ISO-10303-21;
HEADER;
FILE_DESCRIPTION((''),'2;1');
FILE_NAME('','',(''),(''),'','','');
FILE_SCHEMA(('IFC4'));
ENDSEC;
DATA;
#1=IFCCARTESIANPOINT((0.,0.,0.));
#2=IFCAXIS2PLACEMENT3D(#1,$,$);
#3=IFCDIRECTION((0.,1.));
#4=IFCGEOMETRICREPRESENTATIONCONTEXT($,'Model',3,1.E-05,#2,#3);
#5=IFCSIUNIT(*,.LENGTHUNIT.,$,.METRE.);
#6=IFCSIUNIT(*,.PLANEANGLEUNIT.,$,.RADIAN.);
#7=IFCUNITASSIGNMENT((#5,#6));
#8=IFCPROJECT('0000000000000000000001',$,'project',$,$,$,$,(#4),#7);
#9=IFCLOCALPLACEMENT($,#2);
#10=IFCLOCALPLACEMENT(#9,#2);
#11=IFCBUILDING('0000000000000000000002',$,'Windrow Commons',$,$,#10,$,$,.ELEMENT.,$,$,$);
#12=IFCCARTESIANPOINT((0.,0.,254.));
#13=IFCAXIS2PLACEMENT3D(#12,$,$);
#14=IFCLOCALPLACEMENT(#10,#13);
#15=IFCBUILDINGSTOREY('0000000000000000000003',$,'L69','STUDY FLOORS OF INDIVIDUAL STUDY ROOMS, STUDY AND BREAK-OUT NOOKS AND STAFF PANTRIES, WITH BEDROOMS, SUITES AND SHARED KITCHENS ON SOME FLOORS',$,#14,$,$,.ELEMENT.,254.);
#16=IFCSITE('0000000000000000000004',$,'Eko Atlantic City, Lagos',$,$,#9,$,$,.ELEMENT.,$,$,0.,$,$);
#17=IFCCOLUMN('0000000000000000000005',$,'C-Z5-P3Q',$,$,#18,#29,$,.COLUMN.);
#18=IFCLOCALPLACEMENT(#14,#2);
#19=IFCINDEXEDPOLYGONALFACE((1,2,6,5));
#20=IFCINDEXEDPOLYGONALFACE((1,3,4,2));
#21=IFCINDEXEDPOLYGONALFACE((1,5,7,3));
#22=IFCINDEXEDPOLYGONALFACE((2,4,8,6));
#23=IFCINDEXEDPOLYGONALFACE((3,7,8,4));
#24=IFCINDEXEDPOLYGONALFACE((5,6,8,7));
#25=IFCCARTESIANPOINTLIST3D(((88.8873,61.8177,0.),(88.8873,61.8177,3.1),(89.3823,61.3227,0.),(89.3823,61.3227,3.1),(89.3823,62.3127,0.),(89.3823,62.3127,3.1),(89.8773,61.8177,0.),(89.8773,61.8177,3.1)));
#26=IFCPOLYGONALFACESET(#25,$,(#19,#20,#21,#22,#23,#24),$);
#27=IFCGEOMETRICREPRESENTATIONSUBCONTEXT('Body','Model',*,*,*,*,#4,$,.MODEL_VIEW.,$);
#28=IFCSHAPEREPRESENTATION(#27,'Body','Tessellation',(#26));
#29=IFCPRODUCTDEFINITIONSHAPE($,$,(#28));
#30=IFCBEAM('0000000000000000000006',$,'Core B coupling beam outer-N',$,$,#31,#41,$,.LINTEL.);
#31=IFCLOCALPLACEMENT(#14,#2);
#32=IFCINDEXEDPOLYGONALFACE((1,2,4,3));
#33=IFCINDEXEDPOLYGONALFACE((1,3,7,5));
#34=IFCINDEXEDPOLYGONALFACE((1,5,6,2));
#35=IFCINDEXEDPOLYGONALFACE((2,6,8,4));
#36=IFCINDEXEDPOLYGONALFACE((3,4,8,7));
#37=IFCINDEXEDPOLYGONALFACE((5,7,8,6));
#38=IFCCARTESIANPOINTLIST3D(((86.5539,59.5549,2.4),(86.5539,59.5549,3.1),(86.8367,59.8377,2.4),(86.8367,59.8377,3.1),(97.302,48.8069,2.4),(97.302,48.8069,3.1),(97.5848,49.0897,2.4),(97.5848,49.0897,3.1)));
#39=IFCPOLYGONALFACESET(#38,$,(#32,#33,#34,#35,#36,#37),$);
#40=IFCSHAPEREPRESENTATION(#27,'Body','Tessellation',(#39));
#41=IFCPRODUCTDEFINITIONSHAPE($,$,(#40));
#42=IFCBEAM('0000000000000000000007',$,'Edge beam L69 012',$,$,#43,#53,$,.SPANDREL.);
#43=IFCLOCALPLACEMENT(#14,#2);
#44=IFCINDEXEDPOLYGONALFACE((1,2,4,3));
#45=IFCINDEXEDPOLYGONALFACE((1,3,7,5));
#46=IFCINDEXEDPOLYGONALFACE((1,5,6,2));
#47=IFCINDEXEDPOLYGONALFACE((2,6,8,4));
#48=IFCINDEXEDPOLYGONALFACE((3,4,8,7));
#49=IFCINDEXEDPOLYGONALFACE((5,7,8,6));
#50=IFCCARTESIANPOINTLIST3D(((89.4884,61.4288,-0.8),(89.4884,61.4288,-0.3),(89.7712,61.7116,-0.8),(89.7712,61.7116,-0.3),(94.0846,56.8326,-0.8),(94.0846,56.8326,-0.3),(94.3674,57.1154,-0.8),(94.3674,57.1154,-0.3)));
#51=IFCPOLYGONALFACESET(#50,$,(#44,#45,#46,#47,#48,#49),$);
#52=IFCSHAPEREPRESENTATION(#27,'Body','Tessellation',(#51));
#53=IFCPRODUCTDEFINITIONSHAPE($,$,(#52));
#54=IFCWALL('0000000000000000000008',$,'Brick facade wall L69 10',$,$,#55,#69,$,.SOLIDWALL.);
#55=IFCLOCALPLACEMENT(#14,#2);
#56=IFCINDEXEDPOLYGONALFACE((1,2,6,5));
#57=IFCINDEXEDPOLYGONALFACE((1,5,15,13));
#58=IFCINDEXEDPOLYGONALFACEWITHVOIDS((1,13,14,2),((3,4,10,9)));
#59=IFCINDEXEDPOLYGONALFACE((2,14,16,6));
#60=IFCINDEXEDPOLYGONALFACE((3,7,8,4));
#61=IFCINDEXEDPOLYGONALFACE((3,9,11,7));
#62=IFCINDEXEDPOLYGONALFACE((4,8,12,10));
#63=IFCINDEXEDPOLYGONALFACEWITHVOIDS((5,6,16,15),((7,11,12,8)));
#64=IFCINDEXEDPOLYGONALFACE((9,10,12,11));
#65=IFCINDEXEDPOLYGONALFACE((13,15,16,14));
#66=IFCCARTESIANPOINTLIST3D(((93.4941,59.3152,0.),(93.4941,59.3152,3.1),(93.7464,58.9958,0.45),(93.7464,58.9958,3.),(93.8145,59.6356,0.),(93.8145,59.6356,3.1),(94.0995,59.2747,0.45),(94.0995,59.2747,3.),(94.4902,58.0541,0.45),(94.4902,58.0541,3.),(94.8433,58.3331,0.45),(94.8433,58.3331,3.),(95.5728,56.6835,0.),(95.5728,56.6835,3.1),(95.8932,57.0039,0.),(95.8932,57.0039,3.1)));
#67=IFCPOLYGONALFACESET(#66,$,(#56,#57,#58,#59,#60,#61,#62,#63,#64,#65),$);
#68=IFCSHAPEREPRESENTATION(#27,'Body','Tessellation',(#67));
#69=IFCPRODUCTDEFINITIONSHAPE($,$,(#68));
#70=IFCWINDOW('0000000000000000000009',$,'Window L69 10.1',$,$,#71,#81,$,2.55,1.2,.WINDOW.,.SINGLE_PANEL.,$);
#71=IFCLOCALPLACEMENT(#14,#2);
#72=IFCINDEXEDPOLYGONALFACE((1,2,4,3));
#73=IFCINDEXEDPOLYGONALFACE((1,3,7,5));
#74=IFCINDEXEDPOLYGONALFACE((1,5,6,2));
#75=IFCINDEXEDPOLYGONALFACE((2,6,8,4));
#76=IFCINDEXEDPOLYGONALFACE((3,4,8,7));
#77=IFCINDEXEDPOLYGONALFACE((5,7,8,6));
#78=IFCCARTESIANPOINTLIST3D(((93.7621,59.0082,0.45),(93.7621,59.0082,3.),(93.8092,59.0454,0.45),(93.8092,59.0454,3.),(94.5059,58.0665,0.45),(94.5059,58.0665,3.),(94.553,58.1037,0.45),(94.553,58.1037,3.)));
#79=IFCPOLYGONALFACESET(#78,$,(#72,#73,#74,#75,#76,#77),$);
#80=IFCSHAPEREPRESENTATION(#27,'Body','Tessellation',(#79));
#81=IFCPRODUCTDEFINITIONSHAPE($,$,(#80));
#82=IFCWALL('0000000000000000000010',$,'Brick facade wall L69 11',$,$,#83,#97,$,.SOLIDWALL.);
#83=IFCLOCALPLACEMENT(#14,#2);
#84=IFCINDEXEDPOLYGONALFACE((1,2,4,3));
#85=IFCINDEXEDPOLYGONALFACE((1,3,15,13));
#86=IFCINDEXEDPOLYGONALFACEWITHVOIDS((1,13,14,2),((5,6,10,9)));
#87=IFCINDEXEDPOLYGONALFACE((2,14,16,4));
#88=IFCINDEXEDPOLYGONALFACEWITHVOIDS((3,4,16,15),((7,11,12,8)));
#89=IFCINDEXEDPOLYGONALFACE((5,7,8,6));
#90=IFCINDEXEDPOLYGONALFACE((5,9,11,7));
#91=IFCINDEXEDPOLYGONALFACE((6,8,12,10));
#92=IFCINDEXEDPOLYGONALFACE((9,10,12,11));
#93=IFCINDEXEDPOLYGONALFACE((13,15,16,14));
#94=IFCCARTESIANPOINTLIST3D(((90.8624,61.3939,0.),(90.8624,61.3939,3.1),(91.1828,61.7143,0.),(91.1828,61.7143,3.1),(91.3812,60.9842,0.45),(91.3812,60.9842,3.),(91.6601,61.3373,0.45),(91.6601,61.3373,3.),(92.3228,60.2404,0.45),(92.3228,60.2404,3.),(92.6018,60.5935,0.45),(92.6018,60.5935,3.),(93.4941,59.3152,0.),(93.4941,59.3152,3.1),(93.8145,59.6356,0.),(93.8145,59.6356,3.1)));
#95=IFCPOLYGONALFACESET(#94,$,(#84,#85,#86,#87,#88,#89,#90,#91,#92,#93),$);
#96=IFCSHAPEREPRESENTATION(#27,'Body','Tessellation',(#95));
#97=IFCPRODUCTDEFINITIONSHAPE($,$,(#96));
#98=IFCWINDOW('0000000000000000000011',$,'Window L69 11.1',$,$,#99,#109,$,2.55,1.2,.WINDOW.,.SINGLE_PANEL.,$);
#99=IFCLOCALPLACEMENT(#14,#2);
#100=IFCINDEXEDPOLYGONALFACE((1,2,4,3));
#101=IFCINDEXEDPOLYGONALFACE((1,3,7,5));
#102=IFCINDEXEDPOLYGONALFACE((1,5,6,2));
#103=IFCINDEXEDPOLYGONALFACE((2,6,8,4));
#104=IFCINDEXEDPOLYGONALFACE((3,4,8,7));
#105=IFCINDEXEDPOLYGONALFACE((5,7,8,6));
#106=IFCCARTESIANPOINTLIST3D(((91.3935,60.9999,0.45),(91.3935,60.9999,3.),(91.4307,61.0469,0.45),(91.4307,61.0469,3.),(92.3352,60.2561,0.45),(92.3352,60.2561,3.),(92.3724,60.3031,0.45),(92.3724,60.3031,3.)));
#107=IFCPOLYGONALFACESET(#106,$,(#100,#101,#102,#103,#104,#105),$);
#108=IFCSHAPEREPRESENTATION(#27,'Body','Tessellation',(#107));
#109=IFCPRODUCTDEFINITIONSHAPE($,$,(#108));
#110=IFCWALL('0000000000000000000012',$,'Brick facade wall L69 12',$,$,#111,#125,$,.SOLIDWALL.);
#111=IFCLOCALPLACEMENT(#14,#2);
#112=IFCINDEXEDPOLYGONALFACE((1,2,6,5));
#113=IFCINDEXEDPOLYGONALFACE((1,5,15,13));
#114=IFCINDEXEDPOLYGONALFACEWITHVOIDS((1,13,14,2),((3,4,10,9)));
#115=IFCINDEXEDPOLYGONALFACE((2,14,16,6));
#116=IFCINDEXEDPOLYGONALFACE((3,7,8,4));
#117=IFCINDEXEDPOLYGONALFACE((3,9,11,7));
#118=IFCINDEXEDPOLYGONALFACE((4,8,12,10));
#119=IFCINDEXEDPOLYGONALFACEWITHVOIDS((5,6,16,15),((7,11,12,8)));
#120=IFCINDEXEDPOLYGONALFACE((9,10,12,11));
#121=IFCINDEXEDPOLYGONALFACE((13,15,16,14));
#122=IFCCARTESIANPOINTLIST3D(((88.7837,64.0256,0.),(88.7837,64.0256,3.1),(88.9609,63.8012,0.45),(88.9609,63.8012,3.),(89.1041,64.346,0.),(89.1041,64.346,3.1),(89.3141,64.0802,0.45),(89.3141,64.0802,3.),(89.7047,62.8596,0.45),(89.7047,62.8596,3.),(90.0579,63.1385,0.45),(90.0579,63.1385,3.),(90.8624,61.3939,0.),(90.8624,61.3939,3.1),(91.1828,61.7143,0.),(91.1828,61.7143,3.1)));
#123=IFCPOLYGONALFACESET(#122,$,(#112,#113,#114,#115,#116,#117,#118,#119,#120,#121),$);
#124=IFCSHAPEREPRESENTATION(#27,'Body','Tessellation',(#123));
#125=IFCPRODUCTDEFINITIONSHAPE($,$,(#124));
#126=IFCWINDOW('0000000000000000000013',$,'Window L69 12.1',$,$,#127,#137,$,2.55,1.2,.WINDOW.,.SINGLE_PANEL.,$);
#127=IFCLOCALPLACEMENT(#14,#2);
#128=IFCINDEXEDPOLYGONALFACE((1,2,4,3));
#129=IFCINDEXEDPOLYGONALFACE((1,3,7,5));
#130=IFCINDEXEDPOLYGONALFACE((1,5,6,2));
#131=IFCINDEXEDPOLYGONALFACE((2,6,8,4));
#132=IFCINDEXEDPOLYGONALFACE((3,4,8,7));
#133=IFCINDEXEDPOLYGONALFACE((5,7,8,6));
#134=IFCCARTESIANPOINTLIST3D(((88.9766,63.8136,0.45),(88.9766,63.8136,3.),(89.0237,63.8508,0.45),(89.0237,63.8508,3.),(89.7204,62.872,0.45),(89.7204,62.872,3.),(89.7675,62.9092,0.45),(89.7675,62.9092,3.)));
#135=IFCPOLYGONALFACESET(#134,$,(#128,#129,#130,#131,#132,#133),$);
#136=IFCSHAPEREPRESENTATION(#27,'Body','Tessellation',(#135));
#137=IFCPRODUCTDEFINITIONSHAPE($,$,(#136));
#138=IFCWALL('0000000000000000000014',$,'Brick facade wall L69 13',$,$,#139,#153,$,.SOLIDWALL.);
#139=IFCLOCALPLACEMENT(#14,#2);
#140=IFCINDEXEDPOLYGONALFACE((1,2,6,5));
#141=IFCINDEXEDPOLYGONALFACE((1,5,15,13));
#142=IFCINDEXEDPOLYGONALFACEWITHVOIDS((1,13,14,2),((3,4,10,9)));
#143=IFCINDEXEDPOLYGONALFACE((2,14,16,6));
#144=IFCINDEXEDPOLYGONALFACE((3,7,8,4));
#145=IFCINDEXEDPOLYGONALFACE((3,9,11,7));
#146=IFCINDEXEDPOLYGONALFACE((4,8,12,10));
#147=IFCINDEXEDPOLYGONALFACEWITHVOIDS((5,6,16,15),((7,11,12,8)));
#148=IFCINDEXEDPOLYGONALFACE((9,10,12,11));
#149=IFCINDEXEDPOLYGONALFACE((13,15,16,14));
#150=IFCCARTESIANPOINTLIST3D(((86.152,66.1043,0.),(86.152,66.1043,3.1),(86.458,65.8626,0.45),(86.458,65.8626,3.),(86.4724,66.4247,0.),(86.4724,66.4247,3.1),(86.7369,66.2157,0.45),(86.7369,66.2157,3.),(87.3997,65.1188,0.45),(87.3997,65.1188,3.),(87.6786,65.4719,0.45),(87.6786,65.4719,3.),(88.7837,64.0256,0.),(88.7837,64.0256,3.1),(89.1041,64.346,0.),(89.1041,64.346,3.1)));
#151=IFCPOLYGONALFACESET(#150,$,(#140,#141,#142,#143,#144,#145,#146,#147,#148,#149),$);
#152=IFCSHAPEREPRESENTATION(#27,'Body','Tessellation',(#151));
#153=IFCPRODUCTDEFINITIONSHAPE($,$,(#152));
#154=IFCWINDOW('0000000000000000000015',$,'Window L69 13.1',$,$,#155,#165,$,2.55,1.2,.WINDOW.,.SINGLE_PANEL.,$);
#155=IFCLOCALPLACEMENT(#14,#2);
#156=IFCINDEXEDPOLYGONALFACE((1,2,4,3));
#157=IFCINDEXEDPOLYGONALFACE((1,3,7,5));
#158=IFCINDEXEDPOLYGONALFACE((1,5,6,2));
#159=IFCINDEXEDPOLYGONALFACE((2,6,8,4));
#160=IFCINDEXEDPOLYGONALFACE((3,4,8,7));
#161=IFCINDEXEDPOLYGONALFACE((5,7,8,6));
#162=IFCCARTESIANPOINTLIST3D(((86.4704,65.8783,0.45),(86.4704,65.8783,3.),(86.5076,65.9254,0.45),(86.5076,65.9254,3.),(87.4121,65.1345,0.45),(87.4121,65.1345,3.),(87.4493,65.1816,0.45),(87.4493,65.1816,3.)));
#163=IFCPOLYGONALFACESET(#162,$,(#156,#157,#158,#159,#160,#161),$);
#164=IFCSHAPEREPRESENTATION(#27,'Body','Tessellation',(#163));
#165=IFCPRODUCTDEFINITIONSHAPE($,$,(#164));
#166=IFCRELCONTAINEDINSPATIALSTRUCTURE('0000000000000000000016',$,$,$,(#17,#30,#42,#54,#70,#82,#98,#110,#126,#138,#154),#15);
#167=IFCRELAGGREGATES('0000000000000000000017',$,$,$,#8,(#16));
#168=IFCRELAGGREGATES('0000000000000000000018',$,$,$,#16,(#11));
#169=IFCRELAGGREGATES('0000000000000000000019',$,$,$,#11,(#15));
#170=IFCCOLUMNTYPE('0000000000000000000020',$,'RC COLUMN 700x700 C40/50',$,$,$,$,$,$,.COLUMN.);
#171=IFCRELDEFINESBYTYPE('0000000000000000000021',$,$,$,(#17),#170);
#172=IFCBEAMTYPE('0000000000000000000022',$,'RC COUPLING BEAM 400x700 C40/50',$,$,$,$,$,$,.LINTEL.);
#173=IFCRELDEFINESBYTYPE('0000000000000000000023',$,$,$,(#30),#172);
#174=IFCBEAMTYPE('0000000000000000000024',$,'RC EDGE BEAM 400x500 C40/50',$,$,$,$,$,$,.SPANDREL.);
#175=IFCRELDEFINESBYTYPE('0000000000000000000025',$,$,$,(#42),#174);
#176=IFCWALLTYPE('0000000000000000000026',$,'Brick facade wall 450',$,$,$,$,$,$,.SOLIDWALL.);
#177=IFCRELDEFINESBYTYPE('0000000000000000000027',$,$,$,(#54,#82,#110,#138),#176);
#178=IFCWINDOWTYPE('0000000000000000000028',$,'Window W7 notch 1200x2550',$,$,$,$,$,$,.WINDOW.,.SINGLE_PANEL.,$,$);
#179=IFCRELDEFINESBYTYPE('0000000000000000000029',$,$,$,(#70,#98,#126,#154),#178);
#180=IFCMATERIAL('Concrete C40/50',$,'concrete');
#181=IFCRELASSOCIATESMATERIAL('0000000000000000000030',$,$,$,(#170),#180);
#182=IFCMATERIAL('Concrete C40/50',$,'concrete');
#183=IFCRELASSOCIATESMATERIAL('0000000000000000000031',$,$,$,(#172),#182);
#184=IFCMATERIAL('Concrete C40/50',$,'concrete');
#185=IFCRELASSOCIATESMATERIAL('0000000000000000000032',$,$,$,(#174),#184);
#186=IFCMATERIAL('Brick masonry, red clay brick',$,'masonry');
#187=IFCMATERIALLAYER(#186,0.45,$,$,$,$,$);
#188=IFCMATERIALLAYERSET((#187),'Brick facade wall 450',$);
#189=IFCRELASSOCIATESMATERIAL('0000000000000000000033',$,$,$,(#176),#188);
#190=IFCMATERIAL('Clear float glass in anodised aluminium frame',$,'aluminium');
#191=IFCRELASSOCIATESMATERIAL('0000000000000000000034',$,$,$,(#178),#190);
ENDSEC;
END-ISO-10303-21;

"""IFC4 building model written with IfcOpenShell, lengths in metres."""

from ifc_helpers import new_model, si_unit, direction, frame, frame_2d, origin, origin_2d, place, context, subcontext, project, spatial, polyline, rectangle, outline, extrude, material, layer, layer_set, material_profile, profile_set, type_object, element, fill, save


model = new_model("IFC4")

# Units and contexts
model_context = context("Model", 3, precision=1e-05, world=origin(), true_north=direction((0.0, 1.0)))
body_context = subcontext(model_context, "Body", "Model", "MODEL_VIEW")
ifc_project = project(units=[si_unit("LENGTHUNIT", "METRE"), si_unit("PLANEANGLEUNIT", "RADIAN")], contexts=[model_context])

# Site, building, storey
site_placement = place(None, origin())
site = spatial("IfcSite", under=ifc_project, at=site_placement, Name="Eko Atlantic City, Lagos", CompositionType="ELEMENT", RefElevation=0.0)
building_placement = place(site_placement, origin())
building = spatial("IfcBuilding", under=site, at=building_placement, Name="Windrow Commons", CompositionType="ELEMENT")
storey_placement = place(building_placement, frame((0.0, 0.0, 254.0)))
storey = spatial("IfcBuildingStorey", under=building, at=storey_placement, Name="L69", Description="STUDY FLOORS OF INDIVIDUAL STUDY ROOMS, STUDY AND BREAK-OUT NOOKS AND STAFF PANTRIES, WITH BEDROOMS, SUITES AND SHARED KITCHENS ON SOME FLOORS", CompositionType="ELEMENT", Elevation=254.0)

# Column
ifc_material_1 = material(Name="Concrete C40/50", Category="concrete")
ifc_material_profile_1 = material_profile(ifc_material_1, rectangle(XDim=0.7, YDim=0.7, at=origin_2d()))
ifc_profile_set_1 = profile_set([ifc_material_profile_1], Name="Concrete C40/50")
column_type = type_object("IfcColumnType", Name="RC COLUMN 700x700 C40/50", PredefinedType="COLUMN", material=ifc_profile_set_1)
column_placement = place(storey_placement, frame((89.3823, 61.8177, 0.0), z_axis=(0.0, 0.0, 1.0), x_axis=(0.707107, -0.707107, 0.0)))
element("IfcColumn", 1, at=column_placement, inside=storey, type_object=column_type, Name="C-Z5-P3Q", PredefinedType="COLUMN", context=body_context, shape_type="SweptSolid", body=[
    extrude(rectangle(XDim=0.7, YDim=0.7, at=origin_2d()), origin(), (0.0, 0.0, 1.0), 3.1),
])

# Beams
ifc_material_2 = material(Name="Concrete C40/50", Category="concrete")
ifc_material_profile_2 = material_profile(ifc_material_2, rectangle(XDim=0.4, YDim=0.7, at=origin_2d()))
ifc_profile_set_2 = profile_set([ifc_material_profile_2], Name="Concrete C40/50")
beam_type_1 = type_object("IfcBeamType", Name="RC COUPLING BEAM 400x700 C40/50", PredefinedType="LINTEL", material=ifc_profile_set_2)
beam_1_placement = place(storey_placement, frame((86.6953, 59.6963, 2.75), z_axis=(0.70711, -0.707103, 0.0), x_axis=(0.707103, 0.70711, 0.0)))
element("IfcBeam", 2, at=beam_1_placement, inside=storey, type_object=beam_type_1, Name="Core B coupling beam outer-N", PredefinedType="LINTEL", context=body_context, shape_type="SweptSolid", body=[
    extrude(rectangle(XDim=0.4, YDim=0.7, at=origin_2d()), origin(), (0.0, 0.0, 1.0), 15.2),
])
ifc_material_3 = material(Name="Concrete C40/50", Category="concrete")
ifc_material_profile_3 = material_profile(ifc_material_3, rectangle(XDim=0.4, YDim=0.5, at=origin_2d()))
ifc_profile_set_3 = profile_set([ifc_material_profile_3], Name="Concrete C40/50")
beam_type_2 = type_object("IfcBeamType", Name="RC EDGE BEAM 400x500 C40/50", PredefinedType="SPANDREL", material=ifc_profile_set_3)
beam_2_placement = place(storey_placement, frame((89.6298, 61.5702, -0.55), z_axis=(0.707107, -0.707107, 0.0), x_axis=(0.707107, 0.707107, 0.0)))
element("IfcBeam", 3, at=beam_2_placement, inside=storey, type_object=beam_type_2, Name="Edge beam L69 012", PredefinedType="SPANDREL", context=body_context, shape_type="SweptSolid", body=[
    extrude(rectangle(XDim=0.4, YDim=0.5, at=origin_2d()), origin(), (0.0, 0.0, 1.0), 6.5),
])

# Walls, openings, windows
ifc_material_4 = material(Name="Brick masonry, red clay brick", Category="masonry")
ifc_layer_1 = layer(ifc_material_4, 0.45)
ifc_layer_set_1 = layer_set([ifc_layer_1], Name="Brick facade wall 450")
wall_type_1 = type_object("IfcWallType", Name="Brick facade wall 450", PredefinedType="SOLIDWALL", material=ifc_layer_set_1)
wall_1_placement = place(storey_placement, frame((95.733, 56.8437, 0.0), z_axis=(0.0, 0.0, 1.0), x_axis=(-0.619836, 0.784732, 0.0)))
wall_1 = element("IfcWall", 4, at=wall_1_placement, inside=storey, type_object=wall_type_1, Name="Brick facade wall L69 10", PredefinedType="SOLIDWALL", context=body_context, shape_type="SweptSolid", body=[
    extrude(outline(polyline([(0.0264, -0.225), (3.38, -0.225), (3.3272, 0.225), (-0.0264, 0.225), (0.0264, -0.225)])), origin(), (0.0, 0.0, 1.0), 3.1),
])
opening_1_placement = place(wall_1_placement, frame((1.7202, 0.0, 0.45)))
opening_1 = element("IfcOpeningElement", 5, at=opening_1_placement, cuts=wall_1, PredefinedType="OPENING", context=body_context, shape_type="SweptSolid", body=[
    extrude(rectangle(XDim=1.2, YDim=2.55, at=frame_2d((0.6, 1.275))), frame((0.0, 0.235, 0.0), z_axis=(0.0, -1.0, 0.0), x_axis=(1.0, 0.0, 0.0)), (0.0, 0.0, 1.0), 0.47),
])
ifc_material_5 = material(Name="Clear float glass in anodised aluminium frame", Category="aluminium")
window_type = type_object("IfcWindowType", Name="Window W7 notch 1200x2550", PartitioningType="SINGLE_PANEL", PredefinedType="WINDOW", material=ifc_material_5)
window_1_placement = place(opening_1_placement, origin())
window_1 = element("IfcWindow", 6, at=window_1_placement, inside=storey, type_object=window_type, Name="Window L69 10.1", OverallHeight=2.55, OverallWidth=1.2, PartitioningType="SINGLE_PANEL", PredefinedType="WINDOW", context=body_context, shape_type="SweptSolid", body=[
    extrude(rectangle(XDim=1.2, YDim=2.55, at=frame_2d((0.6, 1.275))), frame((0.0, 0.205, 0.0), z_axis=(0.0, -1.0, 0.0), x_axis=(1.0, 0.0, 0.0)), (0.0, 0.0, 1.0), 0.06),
])
fill(opening_1, window_1)
wall_2_placement = place(storey_placement, frame((93.6543, 59.4754, 0.0), z_axis=(0.0, 0.0, 1.0), x_axis=(-0.784732, 0.619836, 0.0)))
wall_2 = element("IfcWall", 7, at=wall_2_placement, inside=storey, type_object=wall_type_1, Name="Brick facade wall L69 11", PredefinedType="SOLIDWALL", context=body_context, shape_type="SweptSolid", body=[
    extrude(outline(polyline([(-0.0264, -0.225), (3.3272, -0.225), (3.38, 0.225), (0.0264, 0.225), (-0.0264, -0.225)])), origin(), (0.0, 0.0, 1.0), 3.1),
])
opening_2_placement = place(wall_2_placement, frame((1.519, 0.0, 0.45)))
opening_2 = element("IfcOpeningElement", 8, at=opening_2_placement, cuts=wall_2, PredefinedType="OPENING", context=body_context, shape_type="SweptSolid", body=[
    extrude(rectangle(XDim=1.2, YDim=2.55, at=frame_2d((0.6, 1.275))), frame((0.0, 0.235, 0.0), z_axis=(0.0, -1.0, 0.0), x_axis=(1.0, 0.0, 0.0)), (0.0, 0.0, 1.0), 0.47),
])
window_2_placement = place(opening_2_placement, origin())
window_2 = element("IfcWindow", 9, at=window_2_placement, inside=storey, type_object=window_type, Name="Window L69 11.1", OverallHeight=2.55, OverallWidth=1.2, PartitioningType="SINGLE_PANEL", PredefinedType="WINDOW", context=body_context, shape_type="SweptSolid", body=[
    extrude(rectangle(XDim=1.2, YDim=2.55, at=frame_2d((0.6, 1.275))), frame((0.0, 0.205, 0.0), z_axis=(0.0, -1.0, 0.0), x_axis=(1.0, 0.0, 0.0)), (0.0, 0.0, 1.0), 0.06),
])
fill(opening_2, window_2)
wall_3_placement = place(storey_placement, frame((91.0226, 61.5541, 0.0), z_axis=(0.0, 0.0, 1.0), x_axis=(-0.619836, 0.784732, 0.0)))
wall_3 = element("IfcWall", 10, at=wall_3_placement, inside=storey, type_object=wall_type_1, Name="Brick facade wall L69 12", PredefinedType="SOLIDWALL", context=body_context, shape_type="SweptSolid", body=[
    extrude(outline(polyline([(0.0264, -0.225), (3.38, -0.225), (3.3272, 0.225), (-0.0264, 0.225), (0.0264, -0.225)])), origin(), (0.0, 0.0, 1.0), 3.1),
])
opening_3_placement = place(wall_3_placement, frame((1.8413, 0.0, 0.45)))
opening_3 = element("IfcOpeningElement", 11, at=opening_3_placement, cuts=wall_3, PredefinedType="OPENING", context=body_context, shape_type="SweptSolid", body=[
    extrude(rectangle(XDim=1.2, YDim=2.55, at=frame_2d((0.6, 1.275))), frame((0.0, 0.235, 0.0), z_axis=(0.0, -1.0, 0.0), x_axis=(1.0, 0.0, 0.0)), (0.0, 0.0, 1.0), 0.47),
])
window_3_placement = place(opening_3_placement, origin())
window_3 = element("IfcWindow", 12, at=window_3_placement, inside=storey, type_object=window_type, Name="Window L69 12.1", OverallHeight=2.55, OverallWidth=1.2, PartitioningType="SINGLE_PANEL", PredefinedType="WINDOW", context=body_context, shape_type="SweptSolid", body=[
    extrude(rectangle(XDim=1.2, YDim=2.55, at=frame_2d((0.6, 1.275))), frame((0.0, 0.205, 0.0), z_axis=(0.0, -1.0, 0.0), x_axis=(1.0, 0.0, 0.0)), (0.0, 0.0, 1.0), 0.06),
])
fill(opening_3, window_3)
wall_4_placement = place(storey_placement, frame((88.9439, 64.1858, 0.0), z_axis=(0.0, 0.0, 1.0), x_axis=(-0.784732, 0.619836, 0.0)))
wall_4 = element("IfcWall", 13, at=wall_4_placement, inside=storey, type_object=wall_type_1, Name="Brick facade wall L69 13", PredefinedType="SOLIDWALL", context=body_context, shape_type="SweptSolid", body=[
    extrude(outline(polyline([(-0.0264, -0.225), (3.3272, -0.225), (3.38, 0.225), (0.0264, 0.225), (-0.0264, -0.225)])), origin(), (0.0, 0.0, 1.0), 3.1),
])
opening_4_placement = place(wall_4_placement, frame((1.7901, 0.0, 0.45)))
opening_4 = element("IfcOpeningElement", 14, at=opening_4_placement, cuts=wall_4, PredefinedType="OPENING", context=body_context, shape_type="SweptSolid", body=[
    extrude(rectangle(XDim=1.2, YDim=2.55, at=frame_2d((0.6, 1.275))), frame((0.0, 0.235, 0.0), z_axis=(0.0, -1.0, 0.0), x_axis=(1.0, 0.0, 0.0)), (0.0, 0.0, 1.0), 0.47),
])
window_4_placement = place(opening_4_placement, origin())
window_4 = element("IfcWindow", 15, at=window_4_placement, inside=storey, type_object=window_type, Name="Window L69 13.1", OverallHeight=2.55, OverallWidth=1.2, PartitioningType="SINGLE_PANEL", PredefinedType="WINDOW", context=body_context, shape_type="SweptSolid", body=[
    extrude(rectangle(XDim=1.2, YDim=2.55, at=frame_2d((0.6, 1.275))), frame((0.0, 0.205, 0.0), z_axis=(0.0, -1.0, 0.0), x_axis=(1.0, 0.0, 0.0)), (0.0, 0.0, 1.0), 0.06),
])
fill(opening_4, window_4)

save(model, "model.ifc")
